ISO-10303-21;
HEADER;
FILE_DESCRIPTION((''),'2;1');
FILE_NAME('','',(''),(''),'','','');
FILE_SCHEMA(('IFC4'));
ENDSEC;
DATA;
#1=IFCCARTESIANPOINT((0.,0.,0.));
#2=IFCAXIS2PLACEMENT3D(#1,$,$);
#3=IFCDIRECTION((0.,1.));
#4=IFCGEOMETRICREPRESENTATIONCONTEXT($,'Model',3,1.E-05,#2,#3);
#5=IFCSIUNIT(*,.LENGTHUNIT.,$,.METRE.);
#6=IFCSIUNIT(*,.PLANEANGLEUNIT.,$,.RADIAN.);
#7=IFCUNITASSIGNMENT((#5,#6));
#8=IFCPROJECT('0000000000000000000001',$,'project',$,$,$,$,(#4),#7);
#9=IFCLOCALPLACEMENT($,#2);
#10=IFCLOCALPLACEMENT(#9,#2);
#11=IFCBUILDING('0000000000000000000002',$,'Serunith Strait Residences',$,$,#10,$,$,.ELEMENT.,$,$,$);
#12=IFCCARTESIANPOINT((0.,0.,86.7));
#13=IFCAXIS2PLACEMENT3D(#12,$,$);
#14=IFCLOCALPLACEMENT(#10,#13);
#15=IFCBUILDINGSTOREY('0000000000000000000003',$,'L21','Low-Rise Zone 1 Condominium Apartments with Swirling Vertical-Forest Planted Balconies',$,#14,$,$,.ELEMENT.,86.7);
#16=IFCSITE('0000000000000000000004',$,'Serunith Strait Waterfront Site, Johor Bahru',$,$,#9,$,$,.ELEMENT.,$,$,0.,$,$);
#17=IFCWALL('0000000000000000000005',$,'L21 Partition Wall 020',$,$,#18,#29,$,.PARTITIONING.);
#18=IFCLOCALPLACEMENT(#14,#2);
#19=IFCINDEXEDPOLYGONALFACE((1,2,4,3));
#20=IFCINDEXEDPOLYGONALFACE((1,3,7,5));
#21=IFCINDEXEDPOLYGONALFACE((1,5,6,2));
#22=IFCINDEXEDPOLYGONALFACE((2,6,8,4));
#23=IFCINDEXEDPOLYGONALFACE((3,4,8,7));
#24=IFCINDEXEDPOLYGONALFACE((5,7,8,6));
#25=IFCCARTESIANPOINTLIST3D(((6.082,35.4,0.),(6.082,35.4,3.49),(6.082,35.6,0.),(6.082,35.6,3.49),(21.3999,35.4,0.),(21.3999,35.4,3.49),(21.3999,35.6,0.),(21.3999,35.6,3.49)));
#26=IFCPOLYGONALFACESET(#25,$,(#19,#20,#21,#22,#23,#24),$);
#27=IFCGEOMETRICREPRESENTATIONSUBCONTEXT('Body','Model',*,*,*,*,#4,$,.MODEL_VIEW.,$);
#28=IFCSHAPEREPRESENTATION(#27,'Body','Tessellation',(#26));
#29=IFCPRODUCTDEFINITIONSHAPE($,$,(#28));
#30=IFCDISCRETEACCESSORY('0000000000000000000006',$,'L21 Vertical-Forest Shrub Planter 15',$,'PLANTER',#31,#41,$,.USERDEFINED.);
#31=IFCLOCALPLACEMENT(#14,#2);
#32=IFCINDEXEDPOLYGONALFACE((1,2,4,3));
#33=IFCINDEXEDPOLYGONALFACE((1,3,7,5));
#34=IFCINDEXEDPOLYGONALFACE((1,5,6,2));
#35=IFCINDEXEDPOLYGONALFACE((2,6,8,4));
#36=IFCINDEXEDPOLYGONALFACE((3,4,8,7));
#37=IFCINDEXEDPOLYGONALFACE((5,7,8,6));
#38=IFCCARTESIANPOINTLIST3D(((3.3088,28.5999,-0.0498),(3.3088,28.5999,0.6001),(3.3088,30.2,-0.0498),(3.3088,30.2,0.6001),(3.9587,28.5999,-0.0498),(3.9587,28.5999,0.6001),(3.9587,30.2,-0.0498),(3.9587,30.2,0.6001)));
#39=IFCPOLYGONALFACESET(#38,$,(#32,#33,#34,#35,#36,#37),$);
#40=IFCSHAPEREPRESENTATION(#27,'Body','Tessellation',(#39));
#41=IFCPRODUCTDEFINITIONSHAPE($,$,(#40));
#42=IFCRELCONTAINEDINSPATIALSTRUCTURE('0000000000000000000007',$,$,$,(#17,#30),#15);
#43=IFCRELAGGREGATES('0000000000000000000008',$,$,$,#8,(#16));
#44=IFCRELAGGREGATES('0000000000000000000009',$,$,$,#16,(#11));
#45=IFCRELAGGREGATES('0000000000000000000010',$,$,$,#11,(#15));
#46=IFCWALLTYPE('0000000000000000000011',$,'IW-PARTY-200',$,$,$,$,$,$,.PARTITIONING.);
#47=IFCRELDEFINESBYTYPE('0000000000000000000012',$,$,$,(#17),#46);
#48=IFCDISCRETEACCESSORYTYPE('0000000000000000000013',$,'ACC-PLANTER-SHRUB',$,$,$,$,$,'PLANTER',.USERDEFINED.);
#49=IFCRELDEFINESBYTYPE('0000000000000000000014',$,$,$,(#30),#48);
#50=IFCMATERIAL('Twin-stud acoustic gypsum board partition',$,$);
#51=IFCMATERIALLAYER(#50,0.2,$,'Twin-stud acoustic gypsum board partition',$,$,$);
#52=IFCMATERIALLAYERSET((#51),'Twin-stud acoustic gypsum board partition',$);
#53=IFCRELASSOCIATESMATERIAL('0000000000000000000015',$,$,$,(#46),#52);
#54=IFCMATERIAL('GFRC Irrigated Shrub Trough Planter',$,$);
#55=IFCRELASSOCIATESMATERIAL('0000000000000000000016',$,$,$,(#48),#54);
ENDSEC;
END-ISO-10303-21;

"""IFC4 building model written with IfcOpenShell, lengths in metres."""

from ifc_helpers import new_model, si_unit, direction, frame, frame_2d, origin, origin_2d, place, context, subcontext, project, spatial, rectangle, extrude, source, transform, mapped, material, layer, layer_set, type_object, element, save


model = new_model("IFC4")

# Units and contexts
model_context = context("Model", 3, precision=1e-05, world=origin(), true_north=direction((0.0, 1.0)))
body_context = subcontext(model_context, "Body", "Model", "MODEL_VIEW")
ifc_project = project(units=[si_unit("LENGTHUNIT", "METRE"), si_unit("PLANEANGLEUNIT", "RADIAN")], contexts=[model_context])

# Site, building, storey
site_placement = place(None, origin())
site = spatial("IfcSite", under=ifc_project, at=site_placement, Name="Serunith Strait Waterfront Site, Johor Bahru", CompositionType="ELEMENT", RefElevation=0.0)
building_placement = place(site_placement, origin())
building = spatial("IfcBuilding", under=site, at=building_placement, Name="Serunith Strait Residences", CompositionType="ELEMENT")
storey_placement = place(building_placement, frame((0.0, 0.0, 86.7)))
storey = spatial("IfcBuildingStorey", under=building, at=storey_placement, Name="L21", Description="Low-Rise Zone 1 Condominium Apartments with Swirling Vertical-Forest Planted Balconies", CompositionType="ELEMENT", Elevation=86.7)

# Wall
ifc_material_1 = material(Name="Twin-stud acoustic gypsum board partition")
ifc_layer_1 = layer(ifc_material_1, 0.2, Name="Twin-stud acoustic gypsum board partition")
ifc_layer_set_1 = layer_set([ifc_layer_1], Name="Twin-stud acoustic gypsum board partition")
wall_type_1 = type_object("IfcWallType", Name="IW-PARTY-200", PredefinedType="PARTITIONING", material=ifc_layer_set_1)
wall_1_placement = place(storey_placement, frame((6.082, 35.5, 0.0), z_axis=(0.0, 0.0, 1.0), x_axis=(1.0, 0.0, 0.0)))
element("IfcWall", 1, at=wall_1_placement, inside=storey, type_object=wall_type_1, Name="L21 Partition Wall 020", PredefinedType="PARTITIONING", context=body_context, shape_type="SweptSolid", body=[
    extrude(rectangle(XDim=15.3179, YDim=0.2, at=frame_2d((7.6589, 0.0))), origin(), (0.0, 0.0, 1.0), 3.49),
])

# Discrete accessory
ifc_material_2 = material(Name="GFRC Irrigated Shrub Trough Planter")
discrete_accessory_type = type_object("IfcDiscreteAccessoryType", Name="ACC-PLANTER-SHRUB", ElementType="PLANTER", PredefinedType="USERDEFINED", material=ifc_material_2)
shared_shape_1 = source(origin(), body_context, "Body", "SweptSolid", [
    extrude(rectangle(XDim=1.6001, YDim=0.6499, at=origin_2d()), origin(), (0.0, 0.0, 1.0), 0.6499),
])
discrete_accessory_placement = place(storey_placement, frame((3.6338, 29.3999, -0.0498), z_axis=(0.0, 0.0, 1.0), x_axis=(0.0, -1.0, 0.0)))
element("IfcDiscreteAccessory", 2, at=discrete_accessory_placement, inside=storey, type_object=discrete_accessory_type, Name="L21 Vertical-Forest Shrub Planter 15", ObjectType="PLANTER", PredefinedType="USERDEFINED", context=body_context, shape_type="MappedRepresentation", body=[
    mapped(shared_shape_1, transform((0.0, 0.0, 0.0), scale=1.0)),
])

save(model, "model.ifc")
